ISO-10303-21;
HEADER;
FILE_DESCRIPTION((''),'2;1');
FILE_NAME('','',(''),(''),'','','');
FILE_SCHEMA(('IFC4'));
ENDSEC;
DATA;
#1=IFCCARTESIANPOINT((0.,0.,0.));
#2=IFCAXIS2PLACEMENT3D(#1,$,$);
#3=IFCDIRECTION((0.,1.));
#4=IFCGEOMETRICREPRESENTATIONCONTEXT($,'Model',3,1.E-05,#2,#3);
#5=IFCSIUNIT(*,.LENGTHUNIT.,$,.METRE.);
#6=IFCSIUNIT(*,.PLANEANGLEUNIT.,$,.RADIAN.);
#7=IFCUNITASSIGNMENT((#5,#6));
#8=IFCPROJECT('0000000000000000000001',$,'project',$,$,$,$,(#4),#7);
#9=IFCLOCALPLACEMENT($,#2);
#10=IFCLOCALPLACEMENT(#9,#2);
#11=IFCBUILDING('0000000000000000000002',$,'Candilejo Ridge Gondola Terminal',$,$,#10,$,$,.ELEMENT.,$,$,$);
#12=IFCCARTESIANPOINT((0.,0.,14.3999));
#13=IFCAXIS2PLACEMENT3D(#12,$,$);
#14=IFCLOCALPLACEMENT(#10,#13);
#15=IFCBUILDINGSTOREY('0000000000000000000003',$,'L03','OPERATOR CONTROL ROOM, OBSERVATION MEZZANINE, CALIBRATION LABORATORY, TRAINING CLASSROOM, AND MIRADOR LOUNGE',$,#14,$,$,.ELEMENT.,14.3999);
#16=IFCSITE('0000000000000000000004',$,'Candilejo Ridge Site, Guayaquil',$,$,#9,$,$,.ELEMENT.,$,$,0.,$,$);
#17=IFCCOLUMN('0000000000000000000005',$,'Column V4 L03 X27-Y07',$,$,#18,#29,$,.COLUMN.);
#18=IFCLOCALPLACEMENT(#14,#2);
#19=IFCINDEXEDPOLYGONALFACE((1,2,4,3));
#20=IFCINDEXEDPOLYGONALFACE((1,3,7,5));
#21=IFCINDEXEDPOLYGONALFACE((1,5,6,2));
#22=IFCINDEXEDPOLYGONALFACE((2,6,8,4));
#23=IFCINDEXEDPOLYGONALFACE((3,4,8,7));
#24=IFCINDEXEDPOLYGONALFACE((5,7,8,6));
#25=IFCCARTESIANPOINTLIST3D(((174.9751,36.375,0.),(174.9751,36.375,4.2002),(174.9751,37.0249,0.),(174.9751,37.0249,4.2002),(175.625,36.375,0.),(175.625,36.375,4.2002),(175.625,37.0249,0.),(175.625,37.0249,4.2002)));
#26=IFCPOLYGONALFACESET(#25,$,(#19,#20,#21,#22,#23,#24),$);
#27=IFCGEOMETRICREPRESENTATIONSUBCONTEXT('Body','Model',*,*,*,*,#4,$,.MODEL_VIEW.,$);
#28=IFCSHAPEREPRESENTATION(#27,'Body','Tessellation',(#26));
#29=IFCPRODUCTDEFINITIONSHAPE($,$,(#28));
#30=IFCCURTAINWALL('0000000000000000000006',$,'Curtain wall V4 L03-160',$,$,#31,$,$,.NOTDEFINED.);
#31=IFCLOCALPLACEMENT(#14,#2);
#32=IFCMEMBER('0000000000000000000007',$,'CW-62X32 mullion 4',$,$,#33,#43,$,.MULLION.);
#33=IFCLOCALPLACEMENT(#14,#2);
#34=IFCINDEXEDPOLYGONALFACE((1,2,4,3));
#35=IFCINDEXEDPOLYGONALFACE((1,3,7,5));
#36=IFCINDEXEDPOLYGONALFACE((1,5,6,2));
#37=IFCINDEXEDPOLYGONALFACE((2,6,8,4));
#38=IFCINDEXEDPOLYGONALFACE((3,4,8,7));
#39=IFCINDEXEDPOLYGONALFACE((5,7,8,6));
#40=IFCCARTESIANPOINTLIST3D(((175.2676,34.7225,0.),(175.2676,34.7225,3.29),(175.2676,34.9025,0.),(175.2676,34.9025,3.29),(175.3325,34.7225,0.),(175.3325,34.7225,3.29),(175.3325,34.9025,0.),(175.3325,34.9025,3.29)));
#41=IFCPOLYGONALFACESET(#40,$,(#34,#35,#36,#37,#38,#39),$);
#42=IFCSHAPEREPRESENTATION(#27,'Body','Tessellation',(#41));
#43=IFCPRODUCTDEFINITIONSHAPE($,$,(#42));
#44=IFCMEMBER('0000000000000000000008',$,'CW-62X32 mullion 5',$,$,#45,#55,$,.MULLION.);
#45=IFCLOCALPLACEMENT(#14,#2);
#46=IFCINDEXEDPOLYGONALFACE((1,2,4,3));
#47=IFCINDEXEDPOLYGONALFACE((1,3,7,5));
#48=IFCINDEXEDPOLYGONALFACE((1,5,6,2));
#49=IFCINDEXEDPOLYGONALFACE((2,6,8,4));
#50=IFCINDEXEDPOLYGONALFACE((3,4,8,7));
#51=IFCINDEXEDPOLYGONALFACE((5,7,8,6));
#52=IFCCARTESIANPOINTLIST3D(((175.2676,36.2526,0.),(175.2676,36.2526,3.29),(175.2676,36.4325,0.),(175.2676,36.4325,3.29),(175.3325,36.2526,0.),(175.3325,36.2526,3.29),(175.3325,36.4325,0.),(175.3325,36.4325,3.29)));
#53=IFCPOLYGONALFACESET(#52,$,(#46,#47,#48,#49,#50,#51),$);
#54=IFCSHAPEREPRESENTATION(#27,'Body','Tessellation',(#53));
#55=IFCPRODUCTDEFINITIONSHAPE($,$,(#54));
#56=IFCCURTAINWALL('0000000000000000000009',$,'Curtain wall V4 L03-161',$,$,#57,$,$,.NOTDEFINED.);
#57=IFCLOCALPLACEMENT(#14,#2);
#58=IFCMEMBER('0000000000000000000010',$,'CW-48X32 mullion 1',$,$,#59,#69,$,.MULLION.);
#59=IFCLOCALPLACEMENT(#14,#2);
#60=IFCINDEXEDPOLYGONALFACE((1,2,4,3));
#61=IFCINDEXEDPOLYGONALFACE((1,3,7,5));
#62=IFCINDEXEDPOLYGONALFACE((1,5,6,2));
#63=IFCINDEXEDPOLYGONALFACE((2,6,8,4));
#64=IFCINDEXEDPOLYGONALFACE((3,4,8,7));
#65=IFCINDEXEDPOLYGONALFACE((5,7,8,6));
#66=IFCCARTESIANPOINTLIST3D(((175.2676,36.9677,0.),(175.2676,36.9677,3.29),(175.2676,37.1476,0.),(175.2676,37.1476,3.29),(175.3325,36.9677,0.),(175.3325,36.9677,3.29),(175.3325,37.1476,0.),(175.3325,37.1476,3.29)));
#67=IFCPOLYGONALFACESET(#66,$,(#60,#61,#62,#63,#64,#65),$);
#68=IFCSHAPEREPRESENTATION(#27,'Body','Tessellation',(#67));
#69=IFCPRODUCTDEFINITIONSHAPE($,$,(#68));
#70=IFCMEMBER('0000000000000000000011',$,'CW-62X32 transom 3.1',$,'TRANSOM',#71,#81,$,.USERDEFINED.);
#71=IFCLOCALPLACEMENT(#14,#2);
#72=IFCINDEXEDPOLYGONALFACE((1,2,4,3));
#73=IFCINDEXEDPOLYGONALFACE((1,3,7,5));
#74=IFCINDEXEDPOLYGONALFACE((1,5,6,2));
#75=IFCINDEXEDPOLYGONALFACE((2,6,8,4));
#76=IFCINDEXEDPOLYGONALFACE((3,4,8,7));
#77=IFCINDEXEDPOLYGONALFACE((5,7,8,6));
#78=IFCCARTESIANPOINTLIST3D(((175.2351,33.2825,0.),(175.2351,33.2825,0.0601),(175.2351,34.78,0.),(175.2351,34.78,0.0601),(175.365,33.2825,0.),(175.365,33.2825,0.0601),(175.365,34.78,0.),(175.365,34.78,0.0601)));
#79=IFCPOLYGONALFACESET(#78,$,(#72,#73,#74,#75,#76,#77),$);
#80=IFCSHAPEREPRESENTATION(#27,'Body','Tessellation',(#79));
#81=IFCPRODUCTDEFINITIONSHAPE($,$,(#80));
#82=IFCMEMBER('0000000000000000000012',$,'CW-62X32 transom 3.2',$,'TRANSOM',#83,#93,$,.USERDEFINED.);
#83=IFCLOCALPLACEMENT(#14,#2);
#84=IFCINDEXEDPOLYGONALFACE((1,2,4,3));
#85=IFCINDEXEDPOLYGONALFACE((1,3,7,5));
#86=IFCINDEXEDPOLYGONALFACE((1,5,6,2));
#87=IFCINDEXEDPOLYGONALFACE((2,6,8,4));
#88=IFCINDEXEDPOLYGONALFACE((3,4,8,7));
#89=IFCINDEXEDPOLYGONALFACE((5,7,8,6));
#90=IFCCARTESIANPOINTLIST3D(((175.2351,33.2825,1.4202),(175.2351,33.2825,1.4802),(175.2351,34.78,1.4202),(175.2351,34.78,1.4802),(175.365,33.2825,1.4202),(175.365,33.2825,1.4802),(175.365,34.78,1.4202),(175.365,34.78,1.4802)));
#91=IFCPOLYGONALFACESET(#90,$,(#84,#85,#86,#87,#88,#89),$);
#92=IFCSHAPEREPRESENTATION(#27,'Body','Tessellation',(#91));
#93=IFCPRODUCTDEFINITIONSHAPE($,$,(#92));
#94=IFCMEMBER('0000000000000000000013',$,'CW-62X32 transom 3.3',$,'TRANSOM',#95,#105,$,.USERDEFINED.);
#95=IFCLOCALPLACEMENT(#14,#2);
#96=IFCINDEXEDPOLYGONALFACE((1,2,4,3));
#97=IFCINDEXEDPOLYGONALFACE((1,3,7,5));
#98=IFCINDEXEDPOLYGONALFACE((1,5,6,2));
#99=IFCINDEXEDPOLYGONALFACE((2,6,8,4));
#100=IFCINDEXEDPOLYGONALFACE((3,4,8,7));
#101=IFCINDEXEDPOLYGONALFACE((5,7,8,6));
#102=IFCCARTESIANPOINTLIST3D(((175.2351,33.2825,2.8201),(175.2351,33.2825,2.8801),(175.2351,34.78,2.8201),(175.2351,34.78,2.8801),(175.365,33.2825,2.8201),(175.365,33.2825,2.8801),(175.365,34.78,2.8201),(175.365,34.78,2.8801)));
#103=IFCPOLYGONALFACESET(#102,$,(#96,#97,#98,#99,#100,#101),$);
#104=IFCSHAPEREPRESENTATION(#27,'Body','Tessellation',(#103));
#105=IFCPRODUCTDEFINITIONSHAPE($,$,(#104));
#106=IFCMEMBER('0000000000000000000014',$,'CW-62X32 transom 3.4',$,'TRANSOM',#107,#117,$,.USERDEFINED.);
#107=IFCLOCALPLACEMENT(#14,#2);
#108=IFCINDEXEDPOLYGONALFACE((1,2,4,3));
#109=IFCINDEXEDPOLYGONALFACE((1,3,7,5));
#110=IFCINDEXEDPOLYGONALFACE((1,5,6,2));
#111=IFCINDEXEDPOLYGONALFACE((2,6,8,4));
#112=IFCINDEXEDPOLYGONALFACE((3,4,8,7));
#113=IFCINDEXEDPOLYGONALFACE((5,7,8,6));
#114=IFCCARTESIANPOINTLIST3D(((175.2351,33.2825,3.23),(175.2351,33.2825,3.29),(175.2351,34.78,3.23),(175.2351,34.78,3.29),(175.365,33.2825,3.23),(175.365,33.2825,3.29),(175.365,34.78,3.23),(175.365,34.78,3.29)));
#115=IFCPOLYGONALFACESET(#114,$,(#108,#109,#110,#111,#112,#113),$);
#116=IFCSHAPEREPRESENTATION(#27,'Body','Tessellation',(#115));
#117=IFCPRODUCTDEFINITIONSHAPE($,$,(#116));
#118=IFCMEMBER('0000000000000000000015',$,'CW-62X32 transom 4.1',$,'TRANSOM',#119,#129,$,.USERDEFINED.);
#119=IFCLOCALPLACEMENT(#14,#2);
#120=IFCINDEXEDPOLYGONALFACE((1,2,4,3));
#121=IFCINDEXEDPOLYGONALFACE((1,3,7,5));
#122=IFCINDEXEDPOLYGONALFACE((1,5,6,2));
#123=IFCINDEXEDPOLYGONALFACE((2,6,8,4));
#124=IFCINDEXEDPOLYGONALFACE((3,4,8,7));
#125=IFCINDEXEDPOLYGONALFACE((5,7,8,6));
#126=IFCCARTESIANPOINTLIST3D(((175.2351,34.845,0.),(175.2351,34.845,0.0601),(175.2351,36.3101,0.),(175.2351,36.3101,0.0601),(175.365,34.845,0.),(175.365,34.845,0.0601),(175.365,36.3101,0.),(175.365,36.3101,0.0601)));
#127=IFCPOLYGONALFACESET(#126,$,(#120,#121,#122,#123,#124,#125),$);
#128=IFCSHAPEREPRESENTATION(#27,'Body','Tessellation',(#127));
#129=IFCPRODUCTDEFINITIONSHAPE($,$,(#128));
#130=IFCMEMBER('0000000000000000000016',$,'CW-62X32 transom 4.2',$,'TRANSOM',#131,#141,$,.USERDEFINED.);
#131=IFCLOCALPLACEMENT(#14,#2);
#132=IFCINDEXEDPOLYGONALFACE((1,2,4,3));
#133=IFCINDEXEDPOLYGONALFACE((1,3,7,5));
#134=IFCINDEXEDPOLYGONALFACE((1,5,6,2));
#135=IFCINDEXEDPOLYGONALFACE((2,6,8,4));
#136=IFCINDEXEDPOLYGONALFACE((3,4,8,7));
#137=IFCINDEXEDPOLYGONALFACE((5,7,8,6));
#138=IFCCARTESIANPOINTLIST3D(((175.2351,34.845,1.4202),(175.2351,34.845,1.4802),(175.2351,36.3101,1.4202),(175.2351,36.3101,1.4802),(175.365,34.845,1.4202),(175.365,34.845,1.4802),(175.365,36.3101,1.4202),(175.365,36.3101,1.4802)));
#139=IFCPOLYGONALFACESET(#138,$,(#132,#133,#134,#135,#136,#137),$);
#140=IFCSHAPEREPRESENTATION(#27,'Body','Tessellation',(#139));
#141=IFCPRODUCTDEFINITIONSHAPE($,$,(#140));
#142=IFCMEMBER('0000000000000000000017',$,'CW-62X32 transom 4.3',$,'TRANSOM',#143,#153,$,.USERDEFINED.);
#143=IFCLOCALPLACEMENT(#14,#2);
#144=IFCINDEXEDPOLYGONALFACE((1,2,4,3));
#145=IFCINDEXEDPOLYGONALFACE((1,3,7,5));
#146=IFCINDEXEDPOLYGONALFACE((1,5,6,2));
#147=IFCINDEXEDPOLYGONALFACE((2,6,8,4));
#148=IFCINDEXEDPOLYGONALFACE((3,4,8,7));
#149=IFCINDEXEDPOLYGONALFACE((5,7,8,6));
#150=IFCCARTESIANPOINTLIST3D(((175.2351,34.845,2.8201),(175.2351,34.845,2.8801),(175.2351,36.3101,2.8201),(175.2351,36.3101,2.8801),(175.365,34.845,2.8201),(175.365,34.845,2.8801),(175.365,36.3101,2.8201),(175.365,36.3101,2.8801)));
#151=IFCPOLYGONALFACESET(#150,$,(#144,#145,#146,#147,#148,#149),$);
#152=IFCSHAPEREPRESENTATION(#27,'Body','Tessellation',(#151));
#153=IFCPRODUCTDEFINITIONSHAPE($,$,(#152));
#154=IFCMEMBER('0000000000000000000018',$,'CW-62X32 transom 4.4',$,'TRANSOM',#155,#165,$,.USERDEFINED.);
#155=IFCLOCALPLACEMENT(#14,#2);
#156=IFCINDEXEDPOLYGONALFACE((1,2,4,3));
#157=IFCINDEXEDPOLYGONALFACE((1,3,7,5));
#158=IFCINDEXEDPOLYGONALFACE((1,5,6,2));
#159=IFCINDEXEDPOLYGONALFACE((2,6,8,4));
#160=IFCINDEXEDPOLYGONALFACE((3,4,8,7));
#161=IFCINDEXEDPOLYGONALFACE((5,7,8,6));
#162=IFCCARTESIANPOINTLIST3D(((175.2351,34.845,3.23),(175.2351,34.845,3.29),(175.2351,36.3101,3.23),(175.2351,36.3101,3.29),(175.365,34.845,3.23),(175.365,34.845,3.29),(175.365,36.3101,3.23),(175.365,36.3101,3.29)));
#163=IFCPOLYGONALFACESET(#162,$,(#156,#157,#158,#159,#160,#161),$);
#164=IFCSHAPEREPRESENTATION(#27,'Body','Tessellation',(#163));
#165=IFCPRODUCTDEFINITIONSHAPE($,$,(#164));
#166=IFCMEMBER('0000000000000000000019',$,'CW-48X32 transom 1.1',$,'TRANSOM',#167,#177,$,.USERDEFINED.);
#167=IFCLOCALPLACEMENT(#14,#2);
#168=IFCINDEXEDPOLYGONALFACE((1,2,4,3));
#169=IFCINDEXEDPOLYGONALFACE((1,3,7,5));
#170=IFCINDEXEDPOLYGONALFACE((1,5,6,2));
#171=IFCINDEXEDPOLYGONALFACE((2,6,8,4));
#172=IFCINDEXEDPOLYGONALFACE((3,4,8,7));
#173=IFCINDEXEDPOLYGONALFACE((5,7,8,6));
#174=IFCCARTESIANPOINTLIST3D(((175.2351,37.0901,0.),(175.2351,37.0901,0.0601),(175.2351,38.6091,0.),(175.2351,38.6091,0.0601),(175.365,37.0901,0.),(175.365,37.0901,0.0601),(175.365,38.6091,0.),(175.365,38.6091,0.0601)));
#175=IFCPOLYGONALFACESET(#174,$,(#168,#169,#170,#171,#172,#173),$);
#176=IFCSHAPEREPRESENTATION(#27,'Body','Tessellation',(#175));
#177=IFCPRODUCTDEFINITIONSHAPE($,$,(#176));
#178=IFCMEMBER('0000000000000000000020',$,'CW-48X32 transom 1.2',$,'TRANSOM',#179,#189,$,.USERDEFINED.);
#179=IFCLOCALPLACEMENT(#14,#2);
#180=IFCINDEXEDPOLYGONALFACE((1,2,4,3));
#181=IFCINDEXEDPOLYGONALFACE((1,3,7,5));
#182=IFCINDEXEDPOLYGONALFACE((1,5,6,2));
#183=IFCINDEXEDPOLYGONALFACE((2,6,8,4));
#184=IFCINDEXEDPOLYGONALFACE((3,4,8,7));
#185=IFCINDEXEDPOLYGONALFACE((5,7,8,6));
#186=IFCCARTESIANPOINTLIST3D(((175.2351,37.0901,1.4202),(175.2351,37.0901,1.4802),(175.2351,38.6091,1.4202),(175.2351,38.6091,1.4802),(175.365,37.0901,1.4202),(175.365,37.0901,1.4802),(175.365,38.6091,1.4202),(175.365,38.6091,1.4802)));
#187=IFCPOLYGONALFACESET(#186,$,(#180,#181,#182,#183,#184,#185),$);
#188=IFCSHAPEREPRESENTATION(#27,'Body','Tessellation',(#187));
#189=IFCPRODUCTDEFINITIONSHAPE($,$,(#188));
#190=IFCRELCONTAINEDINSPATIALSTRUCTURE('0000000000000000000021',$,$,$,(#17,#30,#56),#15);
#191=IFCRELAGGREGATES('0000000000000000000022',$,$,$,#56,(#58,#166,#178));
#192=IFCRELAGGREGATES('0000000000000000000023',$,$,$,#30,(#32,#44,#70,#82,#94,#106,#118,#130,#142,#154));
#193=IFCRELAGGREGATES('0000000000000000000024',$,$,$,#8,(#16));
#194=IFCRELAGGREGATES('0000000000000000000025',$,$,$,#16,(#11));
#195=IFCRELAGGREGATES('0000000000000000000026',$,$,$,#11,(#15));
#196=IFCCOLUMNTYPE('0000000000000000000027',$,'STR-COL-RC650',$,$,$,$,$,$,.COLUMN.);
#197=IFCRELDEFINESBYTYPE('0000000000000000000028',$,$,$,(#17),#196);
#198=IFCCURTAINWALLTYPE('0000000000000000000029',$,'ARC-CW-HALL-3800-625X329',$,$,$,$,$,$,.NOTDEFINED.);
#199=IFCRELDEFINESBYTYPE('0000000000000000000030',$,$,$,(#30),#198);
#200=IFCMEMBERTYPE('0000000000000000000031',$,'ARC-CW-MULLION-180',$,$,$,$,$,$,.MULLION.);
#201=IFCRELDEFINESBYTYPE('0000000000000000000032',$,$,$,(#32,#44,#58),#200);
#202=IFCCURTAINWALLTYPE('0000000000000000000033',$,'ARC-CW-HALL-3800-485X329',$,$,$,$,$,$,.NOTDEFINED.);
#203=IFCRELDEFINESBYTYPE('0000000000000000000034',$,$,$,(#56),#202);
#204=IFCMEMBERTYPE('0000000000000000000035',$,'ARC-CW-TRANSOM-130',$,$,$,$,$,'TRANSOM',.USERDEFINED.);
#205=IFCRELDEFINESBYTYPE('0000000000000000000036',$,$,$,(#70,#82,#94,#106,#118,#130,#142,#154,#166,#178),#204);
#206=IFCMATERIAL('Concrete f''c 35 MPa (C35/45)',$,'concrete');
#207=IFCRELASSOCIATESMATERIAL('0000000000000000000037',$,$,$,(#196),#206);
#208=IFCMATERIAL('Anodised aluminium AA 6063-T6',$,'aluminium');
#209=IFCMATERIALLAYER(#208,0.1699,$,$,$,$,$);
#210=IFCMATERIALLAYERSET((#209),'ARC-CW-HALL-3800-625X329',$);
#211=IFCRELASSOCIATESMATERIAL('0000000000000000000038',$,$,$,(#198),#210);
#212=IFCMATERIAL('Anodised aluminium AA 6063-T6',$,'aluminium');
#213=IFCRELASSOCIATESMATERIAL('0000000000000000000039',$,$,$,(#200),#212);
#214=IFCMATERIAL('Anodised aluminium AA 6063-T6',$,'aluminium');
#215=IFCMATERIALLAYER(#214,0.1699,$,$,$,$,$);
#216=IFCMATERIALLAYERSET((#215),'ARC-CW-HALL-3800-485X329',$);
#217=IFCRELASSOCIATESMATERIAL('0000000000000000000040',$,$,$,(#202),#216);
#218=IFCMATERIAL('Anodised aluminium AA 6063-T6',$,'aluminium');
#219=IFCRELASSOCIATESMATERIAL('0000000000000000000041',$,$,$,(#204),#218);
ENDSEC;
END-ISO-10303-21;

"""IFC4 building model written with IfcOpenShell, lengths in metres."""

from ifc_helpers import new_model, si_unit, direction, frame, origin, origin_2d, place, context, subcontext, project, spatial, rectangle, extrude, material, layer, layer_set, material_profile, profile_set, type_object, element, aggregate, save


model = new_model("IFC4")

# Units and contexts
model_context = context("Model", 3, precision=1e-05, world=origin(), true_north=direction((0.0, 1.0)))
body_context = subcontext(model_context, "Body", "Model", "MODEL_VIEW")
ifc_project = project(units=[si_unit("LENGTHUNIT", "METRE"), si_unit("PLANEANGLEUNIT", "RADIAN")], contexts=[model_context])

# Site, building, storey
site_placement = place(None, origin())
site = spatial("IfcSite", under=ifc_project, at=site_placement, Name="Candilejo Ridge Site, Guayaquil", CompositionType="ELEMENT", RefElevation=0.0)
building_placement = place(site_placement, origin())
building = spatial("IfcBuilding", under=site, at=building_placement, Name="Candilejo Ridge Gondola Terminal", CompositionType="ELEMENT")
storey_placement = place(building_placement, frame((0.0, 0.0, 14.3999)))
storey = spatial("IfcBuildingStorey", under=building, at=storey_placement, Name="L03", Description="OPERATOR CONTROL ROOM, OBSERVATION MEZZANINE, CALIBRATION LABORATORY, TRAINING CLASSROOM, AND MIRADOR LOUNGE", CompositionType="ELEMENT", Elevation=14.3999)

# Column
ifc_material_1 = material(Name="Concrete f'c 35 MPa (C35/45)", Category="concrete")
ifc_material_profile_1 = material_profile(ifc_material_1, rectangle(XDim=0.6499, YDim=0.6499, at=origin_2d()))
ifc_profile_set_1 = profile_set([ifc_material_profile_1], Name="Concrete f'c 35 MPa (C35/45)")
column_type = type_object("IfcColumnType", Name="STR-COL-RC650", PredefinedType="COLUMN", material=ifc_profile_set_1)
column_placement = place(storey_placement, frame((175.3, 36.7, 0.0), z_axis=(0.0, 0.0, 1.0), x_axis=(1.0, 0.0, 0.0)))
element("IfcColumn", 1, at=column_placement, inside=storey, type_object=column_type, Name="Column V4 L03 X27-Y07", PredefinedType="COLUMN", context=body_context, shape_type="SweptSolid", body=[
    extrude(rectangle(XDim=0.6499, YDim=0.6499, at=origin_2d()), origin(), (0.0, 0.0, 1.0), 4.2002),
])

# Curtain wall, members
ifc_material_2 = material(Name="Anodised aluminium AA 6063-T6", Category="aluminium")
ifc_layer_1 = layer(ifc_material_2, 0.1699)
ifc_layer_set_1 = layer_set([ifc_layer_1], Name="ARC-CW-HALL-3800-625X329")
curtain_wall_type_1 = type_object("IfcCurtainWallType", Name="ARC-CW-HALL-3800-625X329", PredefinedType="NOTDEFINED", material=ifc_layer_set_1)
curtain_wall_1_placement = place(storey_placement, origin())
curtain_wall_1 = element("IfcCurtainWall", 2, at=curtain_wall_1_placement, inside=storey, type_object=curtain_wall_type_1, Name="Curtain wall V4 L03-160", PredefinedType="NOTDEFINED")
ifc_material_3 = material(Name="Anodised aluminium AA 6063-T6", Category="aluminium")
ifc_material_profile_2 = material_profile(ifc_material_3, rectangle(XDim=0.0649, YDim=0.1799, at=origin_2d()))
ifc_profile_set_2 = profile_set([ifc_material_profile_2], Name="Anodised aluminium AA 6063-T6")
member_type_1 = type_object("IfcMemberType", Name="ARC-CW-MULLION-180", PredefinedType="MULLION", material=ifc_profile_set_2)
member_1_placement = place(storey_placement, frame((175.3, 34.8125, 0.0), z_axis=(0.0, 0.0, 1.0), x_axis=(-1.0, 0.0, 0.0)))
member_1 = element("IfcMember", 3, at=member_1_placement, type_object=member_type_1, Name="CW-62X32 mullion 4", PredefinedType="MULLION", context=body_context, shape_type="SweptSolid", body=[
    extrude(rectangle(XDim=0.0649, YDim=0.1799, at=origin_2d()), origin(), (0.0, 0.0, 1.0), 3.29),
])
member_2_placement = place(storey_placement, frame((175.3, 36.3425, 0.0), z_axis=(0.0, 0.0, 1.0), x_axis=(-1.0, 0.0, 0.0)))
member_2 = element("IfcMember", 4, at=member_2_placement, type_object=member_type_1, Name="CW-62X32 mullion 5", PredefinedType="MULLION", context=body_context, shape_type="SweptSolid", body=[
    extrude(rectangle(XDim=0.0649, YDim=0.1799, at=origin_2d()), origin(), (0.0, 0.0, 1.0), 3.29),
])

# Curtain wall, member
ifc_material_4 = material(Name="Anodised aluminium AA 6063-T6", Category="aluminium")
ifc_layer_2 = layer(ifc_material_4, 0.1699)
ifc_layer_set_2 = layer_set([ifc_layer_2], Name="ARC-CW-HALL-3800-485X329")
curtain_wall_type_2 = type_object("IfcCurtainWallType", Name="ARC-CW-HALL-3800-485X329", PredefinedType="NOTDEFINED", material=ifc_layer_set_2)
curtain_wall_2_placement = place(storey_placement, origin())
curtain_wall_2 = element("IfcCurtainWall", 5, at=curtain_wall_2_placement, inside=storey, type_object=curtain_wall_type_2, Name="Curtain wall V4 L03-161", PredefinedType="NOTDEFINED")
member_3_placement = place(storey_placement, frame((175.3, 37.0576, 0.0), z_axis=(0.0, 0.0, 1.0), x_axis=(-1.0, 0.0, 0.0)))
member_3 = element("IfcMember", 6, at=member_3_placement, type_object=member_type_1, Name="CW-48X32 mullion 1", PredefinedType="MULLION", context=body_context, shape_type="SweptSolid", body=[
    extrude(rectangle(XDim=0.0649, YDim=0.1799, at=origin_2d()), origin(), (0.0, 0.0, 1.0), 3.29),
])

# Members
ifc_material_5 = material(Name="Anodised aluminium AA 6063-T6", Category="aluminium")
ifc_material_profile_3 = material_profile(ifc_material_5, rectangle(XDim=0.1299, YDim=0.0601, at=origin_2d()))
ifc_profile_set_3 = profile_set([ifc_material_profile_3], Name="Anodised aluminium AA 6063-T6")
member_type_2 = type_object("IfcMemberType", Name="ARC-CW-TRANSOM-130", ElementType="TRANSOM", PredefinedType="USERDEFINED", material=ifc_profile_set_3)
member_4_placement = place(storey_placement, frame((175.3, 33.2825, 0.03), z_axis=(0.0, 1.0, 0.0), x_axis=(-1.0, 0.0, 0.0)))
member_4 = element("IfcMember", 7, at=member_4_placement, type_object=member_type_2, Name="CW-62X32 transom 3.1", ObjectType="TRANSOM", PredefinedType="USERDEFINED", context=body_context, shape_type="SweptSolid", body=[
    extrude(rectangle(XDim=0.1299, YDim=0.0601, at=origin_2d()), origin(), (0.0, 0.0, 1.0), 1.4976),
])
member_5_placement = place(storey_placement, frame((175.3, 33.2825, 1.4502), z_axis=(0.0, 1.0, 0.0), x_axis=(-1.0, 0.0, 0.0)))
member_5 = element("IfcMember", 8, at=member_5_placement, type_object=member_type_2, Name="CW-62X32 transom 3.2", ObjectType="TRANSOM", PredefinedType="USERDEFINED", context=body_context, shape_type="SweptSolid", body=[
    extrude(rectangle(XDim=0.1299, YDim=0.0601, at=origin_2d()), origin(), (0.0, 0.0, 1.0), 1.4976),
])
member_6_placement = place(storey_placement, frame((175.3, 33.2825, 2.8501), z_axis=(0.0, 1.0, 0.0), x_axis=(-1.0, 0.0, 0.0)))
member_6 = element("IfcMember", 9, at=member_6_placement, type_object=member_type_2, Name="CW-62X32 transom 3.3", ObjectType="TRANSOM", PredefinedType="USERDEFINED", context=body_context, shape_type="SweptSolid", body=[
    extrude(rectangle(XDim=0.1299, YDim=0.0601, at=origin_2d()), origin(), (0.0, 0.0, 1.0), 1.4976),
])
member_7_placement = place(storey_placement, frame((175.3, 33.2825, 3.26), z_axis=(0.0, 1.0, 0.0), x_axis=(-1.0, 0.0, 0.0)))
member_7 = element("IfcMember", 10, at=member_7_placement, type_object=member_type_2, Name="CW-62X32 transom 3.4", ObjectType="TRANSOM", PredefinedType="USERDEFINED", context=body_context, shape_type="SweptSolid", body=[
    extrude(rectangle(XDim=0.1299, YDim=0.0601, at=origin_2d()), origin(), (0.0, 0.0, 1.0), 1.4976),
])
member_8_placement = place(storey_placement, frame((175.3, 34.845, 0.03), z_axis=(0.0, 1.0, 0.0), x_axis=(-1.0, 0.0, 0.0)))
member_8 = element("IfcMember", 11, at=member_8_placement, type_object=member_type_2, Name="CW-62X32 transom 4.1", ObjectType="TRANSOM", PredefinedType="USERDEFINED", context=body_context, shape_type="SweptSolid", body=[
    extrude(rectangle(XDim=0.1299, YDim=0.0601, at=origin_2d()), origin(), (0.0, 0.0, 1.0), 1.4651),
])
member_9_placement = place(storey_placement, frame((175.3, 34.845, 1.4502), z_axis=(0.0, 1.0, 0.0), x_axis=(-1.0, 0.0, 0.0)))
member_9 = element("IfcMember", 12, at=member_9_placement, type_object=member_type_2, Name="CW-62X32 transom 4.2", ObjectType="TRANSOM", PredefinedType="USERDEFINED", context=body_context, shape_type="SweptSolid", body=[
    extrude(rectangle(XDim=0.1299, YDim=0.0601, at=origin_2d()), origin(), (0.0, 0.0, 1.0), 1.4651),
])
member_10_placement = place(storey_placement, frame((175.3, 34.845, 2.8501), z_axis=(0.0, 1.0, 0.0), x_axis=(-1.0, 0.0, 0.0)))
member_10 = element("IfcMember", 13, at=member_10_placement, type_object=member_type_2, Name="CW-62X32 transom 4.3", ObjectType="TRANSOM", PredefinedType="USERDEFINED", context=body_context, shape_type="SweptSolid", body=[
    extrude(rectangle(XDim=0.1299, YDim=0.0601, at=origin_2d()), origin(), (0.0, 0.0, 1.0), 1.4651),
])
member_11_placement = place(storey_placement, frame((175.3, 34.845, 3.26), z_axis=(0.0, 1.0, 0.0), x_axis=(-1.0, 0.0, 0.0)))
member_11 = element("IfcMember", 14, at=member_11_placement, type_object=member_type_2, Name="CW-62X32 transom 4.4", ObjectType="TRANSOM", PredefinedType="USERDEFINED", context=body_context, shape_type="SweptSolid", body=[
    extrude(rectangle(XDim=0.1299, YDim=0.0601, at=origin_2d()), origin(), (0.0, 0.0, 1.0), 1.4651),
])
member_12_placement = place(storey_placement, frame((175.3, 37.0901, 0.03), z_axis=(0.0, 1.0, 0.0), x_axis=(-1.0, 0.0, 0.0)))
member_12 = element("IfcMember", 15, at=member_12_placement, type_object=member_type_2, Name="CW-48X32 transom 1.1", ObjectType="TRANSOM", PredefinedType="USERDEFINED", context=body_context, shape_type="SweptSolid", body=[
    extrude(rectangle(XDim=0.1299, YDim=0.0601, at=origin_2d()), origin(), (0.0, 0.0, 1.0), 1.519),
])
member_13_placement = place(storey_placement, frame((175.3, 37.0901, 1.4502), z_axis=(0.0, 1.0, 0.0), x_axis=(-1.0, 0.0, 0.0)))
member_13 = element("IfcMember", 16, at=member_13_placement, type_object=member_type_2, Name="CW-48X32 transom 1.2", ObjectType="TRANSOM", PredefinedType="USERDEFINED", context=body_context, shape_type="SweptSolid", body=[
    extrude(rectangle(XDim=0.1299, YDim=0.0601, at=origin_2d()), origin(), (0.0, 0.0, 1.0), 1.519),
])
aggregate(curtain_wall_2, [member_3, member_12, member_13])

aggregate(curtain_wall_1, [member_1, member_2, member_4, member_5, member_6, member_7, member_8, member_9, member_10, member_11])

save(model, "model.ifc")
